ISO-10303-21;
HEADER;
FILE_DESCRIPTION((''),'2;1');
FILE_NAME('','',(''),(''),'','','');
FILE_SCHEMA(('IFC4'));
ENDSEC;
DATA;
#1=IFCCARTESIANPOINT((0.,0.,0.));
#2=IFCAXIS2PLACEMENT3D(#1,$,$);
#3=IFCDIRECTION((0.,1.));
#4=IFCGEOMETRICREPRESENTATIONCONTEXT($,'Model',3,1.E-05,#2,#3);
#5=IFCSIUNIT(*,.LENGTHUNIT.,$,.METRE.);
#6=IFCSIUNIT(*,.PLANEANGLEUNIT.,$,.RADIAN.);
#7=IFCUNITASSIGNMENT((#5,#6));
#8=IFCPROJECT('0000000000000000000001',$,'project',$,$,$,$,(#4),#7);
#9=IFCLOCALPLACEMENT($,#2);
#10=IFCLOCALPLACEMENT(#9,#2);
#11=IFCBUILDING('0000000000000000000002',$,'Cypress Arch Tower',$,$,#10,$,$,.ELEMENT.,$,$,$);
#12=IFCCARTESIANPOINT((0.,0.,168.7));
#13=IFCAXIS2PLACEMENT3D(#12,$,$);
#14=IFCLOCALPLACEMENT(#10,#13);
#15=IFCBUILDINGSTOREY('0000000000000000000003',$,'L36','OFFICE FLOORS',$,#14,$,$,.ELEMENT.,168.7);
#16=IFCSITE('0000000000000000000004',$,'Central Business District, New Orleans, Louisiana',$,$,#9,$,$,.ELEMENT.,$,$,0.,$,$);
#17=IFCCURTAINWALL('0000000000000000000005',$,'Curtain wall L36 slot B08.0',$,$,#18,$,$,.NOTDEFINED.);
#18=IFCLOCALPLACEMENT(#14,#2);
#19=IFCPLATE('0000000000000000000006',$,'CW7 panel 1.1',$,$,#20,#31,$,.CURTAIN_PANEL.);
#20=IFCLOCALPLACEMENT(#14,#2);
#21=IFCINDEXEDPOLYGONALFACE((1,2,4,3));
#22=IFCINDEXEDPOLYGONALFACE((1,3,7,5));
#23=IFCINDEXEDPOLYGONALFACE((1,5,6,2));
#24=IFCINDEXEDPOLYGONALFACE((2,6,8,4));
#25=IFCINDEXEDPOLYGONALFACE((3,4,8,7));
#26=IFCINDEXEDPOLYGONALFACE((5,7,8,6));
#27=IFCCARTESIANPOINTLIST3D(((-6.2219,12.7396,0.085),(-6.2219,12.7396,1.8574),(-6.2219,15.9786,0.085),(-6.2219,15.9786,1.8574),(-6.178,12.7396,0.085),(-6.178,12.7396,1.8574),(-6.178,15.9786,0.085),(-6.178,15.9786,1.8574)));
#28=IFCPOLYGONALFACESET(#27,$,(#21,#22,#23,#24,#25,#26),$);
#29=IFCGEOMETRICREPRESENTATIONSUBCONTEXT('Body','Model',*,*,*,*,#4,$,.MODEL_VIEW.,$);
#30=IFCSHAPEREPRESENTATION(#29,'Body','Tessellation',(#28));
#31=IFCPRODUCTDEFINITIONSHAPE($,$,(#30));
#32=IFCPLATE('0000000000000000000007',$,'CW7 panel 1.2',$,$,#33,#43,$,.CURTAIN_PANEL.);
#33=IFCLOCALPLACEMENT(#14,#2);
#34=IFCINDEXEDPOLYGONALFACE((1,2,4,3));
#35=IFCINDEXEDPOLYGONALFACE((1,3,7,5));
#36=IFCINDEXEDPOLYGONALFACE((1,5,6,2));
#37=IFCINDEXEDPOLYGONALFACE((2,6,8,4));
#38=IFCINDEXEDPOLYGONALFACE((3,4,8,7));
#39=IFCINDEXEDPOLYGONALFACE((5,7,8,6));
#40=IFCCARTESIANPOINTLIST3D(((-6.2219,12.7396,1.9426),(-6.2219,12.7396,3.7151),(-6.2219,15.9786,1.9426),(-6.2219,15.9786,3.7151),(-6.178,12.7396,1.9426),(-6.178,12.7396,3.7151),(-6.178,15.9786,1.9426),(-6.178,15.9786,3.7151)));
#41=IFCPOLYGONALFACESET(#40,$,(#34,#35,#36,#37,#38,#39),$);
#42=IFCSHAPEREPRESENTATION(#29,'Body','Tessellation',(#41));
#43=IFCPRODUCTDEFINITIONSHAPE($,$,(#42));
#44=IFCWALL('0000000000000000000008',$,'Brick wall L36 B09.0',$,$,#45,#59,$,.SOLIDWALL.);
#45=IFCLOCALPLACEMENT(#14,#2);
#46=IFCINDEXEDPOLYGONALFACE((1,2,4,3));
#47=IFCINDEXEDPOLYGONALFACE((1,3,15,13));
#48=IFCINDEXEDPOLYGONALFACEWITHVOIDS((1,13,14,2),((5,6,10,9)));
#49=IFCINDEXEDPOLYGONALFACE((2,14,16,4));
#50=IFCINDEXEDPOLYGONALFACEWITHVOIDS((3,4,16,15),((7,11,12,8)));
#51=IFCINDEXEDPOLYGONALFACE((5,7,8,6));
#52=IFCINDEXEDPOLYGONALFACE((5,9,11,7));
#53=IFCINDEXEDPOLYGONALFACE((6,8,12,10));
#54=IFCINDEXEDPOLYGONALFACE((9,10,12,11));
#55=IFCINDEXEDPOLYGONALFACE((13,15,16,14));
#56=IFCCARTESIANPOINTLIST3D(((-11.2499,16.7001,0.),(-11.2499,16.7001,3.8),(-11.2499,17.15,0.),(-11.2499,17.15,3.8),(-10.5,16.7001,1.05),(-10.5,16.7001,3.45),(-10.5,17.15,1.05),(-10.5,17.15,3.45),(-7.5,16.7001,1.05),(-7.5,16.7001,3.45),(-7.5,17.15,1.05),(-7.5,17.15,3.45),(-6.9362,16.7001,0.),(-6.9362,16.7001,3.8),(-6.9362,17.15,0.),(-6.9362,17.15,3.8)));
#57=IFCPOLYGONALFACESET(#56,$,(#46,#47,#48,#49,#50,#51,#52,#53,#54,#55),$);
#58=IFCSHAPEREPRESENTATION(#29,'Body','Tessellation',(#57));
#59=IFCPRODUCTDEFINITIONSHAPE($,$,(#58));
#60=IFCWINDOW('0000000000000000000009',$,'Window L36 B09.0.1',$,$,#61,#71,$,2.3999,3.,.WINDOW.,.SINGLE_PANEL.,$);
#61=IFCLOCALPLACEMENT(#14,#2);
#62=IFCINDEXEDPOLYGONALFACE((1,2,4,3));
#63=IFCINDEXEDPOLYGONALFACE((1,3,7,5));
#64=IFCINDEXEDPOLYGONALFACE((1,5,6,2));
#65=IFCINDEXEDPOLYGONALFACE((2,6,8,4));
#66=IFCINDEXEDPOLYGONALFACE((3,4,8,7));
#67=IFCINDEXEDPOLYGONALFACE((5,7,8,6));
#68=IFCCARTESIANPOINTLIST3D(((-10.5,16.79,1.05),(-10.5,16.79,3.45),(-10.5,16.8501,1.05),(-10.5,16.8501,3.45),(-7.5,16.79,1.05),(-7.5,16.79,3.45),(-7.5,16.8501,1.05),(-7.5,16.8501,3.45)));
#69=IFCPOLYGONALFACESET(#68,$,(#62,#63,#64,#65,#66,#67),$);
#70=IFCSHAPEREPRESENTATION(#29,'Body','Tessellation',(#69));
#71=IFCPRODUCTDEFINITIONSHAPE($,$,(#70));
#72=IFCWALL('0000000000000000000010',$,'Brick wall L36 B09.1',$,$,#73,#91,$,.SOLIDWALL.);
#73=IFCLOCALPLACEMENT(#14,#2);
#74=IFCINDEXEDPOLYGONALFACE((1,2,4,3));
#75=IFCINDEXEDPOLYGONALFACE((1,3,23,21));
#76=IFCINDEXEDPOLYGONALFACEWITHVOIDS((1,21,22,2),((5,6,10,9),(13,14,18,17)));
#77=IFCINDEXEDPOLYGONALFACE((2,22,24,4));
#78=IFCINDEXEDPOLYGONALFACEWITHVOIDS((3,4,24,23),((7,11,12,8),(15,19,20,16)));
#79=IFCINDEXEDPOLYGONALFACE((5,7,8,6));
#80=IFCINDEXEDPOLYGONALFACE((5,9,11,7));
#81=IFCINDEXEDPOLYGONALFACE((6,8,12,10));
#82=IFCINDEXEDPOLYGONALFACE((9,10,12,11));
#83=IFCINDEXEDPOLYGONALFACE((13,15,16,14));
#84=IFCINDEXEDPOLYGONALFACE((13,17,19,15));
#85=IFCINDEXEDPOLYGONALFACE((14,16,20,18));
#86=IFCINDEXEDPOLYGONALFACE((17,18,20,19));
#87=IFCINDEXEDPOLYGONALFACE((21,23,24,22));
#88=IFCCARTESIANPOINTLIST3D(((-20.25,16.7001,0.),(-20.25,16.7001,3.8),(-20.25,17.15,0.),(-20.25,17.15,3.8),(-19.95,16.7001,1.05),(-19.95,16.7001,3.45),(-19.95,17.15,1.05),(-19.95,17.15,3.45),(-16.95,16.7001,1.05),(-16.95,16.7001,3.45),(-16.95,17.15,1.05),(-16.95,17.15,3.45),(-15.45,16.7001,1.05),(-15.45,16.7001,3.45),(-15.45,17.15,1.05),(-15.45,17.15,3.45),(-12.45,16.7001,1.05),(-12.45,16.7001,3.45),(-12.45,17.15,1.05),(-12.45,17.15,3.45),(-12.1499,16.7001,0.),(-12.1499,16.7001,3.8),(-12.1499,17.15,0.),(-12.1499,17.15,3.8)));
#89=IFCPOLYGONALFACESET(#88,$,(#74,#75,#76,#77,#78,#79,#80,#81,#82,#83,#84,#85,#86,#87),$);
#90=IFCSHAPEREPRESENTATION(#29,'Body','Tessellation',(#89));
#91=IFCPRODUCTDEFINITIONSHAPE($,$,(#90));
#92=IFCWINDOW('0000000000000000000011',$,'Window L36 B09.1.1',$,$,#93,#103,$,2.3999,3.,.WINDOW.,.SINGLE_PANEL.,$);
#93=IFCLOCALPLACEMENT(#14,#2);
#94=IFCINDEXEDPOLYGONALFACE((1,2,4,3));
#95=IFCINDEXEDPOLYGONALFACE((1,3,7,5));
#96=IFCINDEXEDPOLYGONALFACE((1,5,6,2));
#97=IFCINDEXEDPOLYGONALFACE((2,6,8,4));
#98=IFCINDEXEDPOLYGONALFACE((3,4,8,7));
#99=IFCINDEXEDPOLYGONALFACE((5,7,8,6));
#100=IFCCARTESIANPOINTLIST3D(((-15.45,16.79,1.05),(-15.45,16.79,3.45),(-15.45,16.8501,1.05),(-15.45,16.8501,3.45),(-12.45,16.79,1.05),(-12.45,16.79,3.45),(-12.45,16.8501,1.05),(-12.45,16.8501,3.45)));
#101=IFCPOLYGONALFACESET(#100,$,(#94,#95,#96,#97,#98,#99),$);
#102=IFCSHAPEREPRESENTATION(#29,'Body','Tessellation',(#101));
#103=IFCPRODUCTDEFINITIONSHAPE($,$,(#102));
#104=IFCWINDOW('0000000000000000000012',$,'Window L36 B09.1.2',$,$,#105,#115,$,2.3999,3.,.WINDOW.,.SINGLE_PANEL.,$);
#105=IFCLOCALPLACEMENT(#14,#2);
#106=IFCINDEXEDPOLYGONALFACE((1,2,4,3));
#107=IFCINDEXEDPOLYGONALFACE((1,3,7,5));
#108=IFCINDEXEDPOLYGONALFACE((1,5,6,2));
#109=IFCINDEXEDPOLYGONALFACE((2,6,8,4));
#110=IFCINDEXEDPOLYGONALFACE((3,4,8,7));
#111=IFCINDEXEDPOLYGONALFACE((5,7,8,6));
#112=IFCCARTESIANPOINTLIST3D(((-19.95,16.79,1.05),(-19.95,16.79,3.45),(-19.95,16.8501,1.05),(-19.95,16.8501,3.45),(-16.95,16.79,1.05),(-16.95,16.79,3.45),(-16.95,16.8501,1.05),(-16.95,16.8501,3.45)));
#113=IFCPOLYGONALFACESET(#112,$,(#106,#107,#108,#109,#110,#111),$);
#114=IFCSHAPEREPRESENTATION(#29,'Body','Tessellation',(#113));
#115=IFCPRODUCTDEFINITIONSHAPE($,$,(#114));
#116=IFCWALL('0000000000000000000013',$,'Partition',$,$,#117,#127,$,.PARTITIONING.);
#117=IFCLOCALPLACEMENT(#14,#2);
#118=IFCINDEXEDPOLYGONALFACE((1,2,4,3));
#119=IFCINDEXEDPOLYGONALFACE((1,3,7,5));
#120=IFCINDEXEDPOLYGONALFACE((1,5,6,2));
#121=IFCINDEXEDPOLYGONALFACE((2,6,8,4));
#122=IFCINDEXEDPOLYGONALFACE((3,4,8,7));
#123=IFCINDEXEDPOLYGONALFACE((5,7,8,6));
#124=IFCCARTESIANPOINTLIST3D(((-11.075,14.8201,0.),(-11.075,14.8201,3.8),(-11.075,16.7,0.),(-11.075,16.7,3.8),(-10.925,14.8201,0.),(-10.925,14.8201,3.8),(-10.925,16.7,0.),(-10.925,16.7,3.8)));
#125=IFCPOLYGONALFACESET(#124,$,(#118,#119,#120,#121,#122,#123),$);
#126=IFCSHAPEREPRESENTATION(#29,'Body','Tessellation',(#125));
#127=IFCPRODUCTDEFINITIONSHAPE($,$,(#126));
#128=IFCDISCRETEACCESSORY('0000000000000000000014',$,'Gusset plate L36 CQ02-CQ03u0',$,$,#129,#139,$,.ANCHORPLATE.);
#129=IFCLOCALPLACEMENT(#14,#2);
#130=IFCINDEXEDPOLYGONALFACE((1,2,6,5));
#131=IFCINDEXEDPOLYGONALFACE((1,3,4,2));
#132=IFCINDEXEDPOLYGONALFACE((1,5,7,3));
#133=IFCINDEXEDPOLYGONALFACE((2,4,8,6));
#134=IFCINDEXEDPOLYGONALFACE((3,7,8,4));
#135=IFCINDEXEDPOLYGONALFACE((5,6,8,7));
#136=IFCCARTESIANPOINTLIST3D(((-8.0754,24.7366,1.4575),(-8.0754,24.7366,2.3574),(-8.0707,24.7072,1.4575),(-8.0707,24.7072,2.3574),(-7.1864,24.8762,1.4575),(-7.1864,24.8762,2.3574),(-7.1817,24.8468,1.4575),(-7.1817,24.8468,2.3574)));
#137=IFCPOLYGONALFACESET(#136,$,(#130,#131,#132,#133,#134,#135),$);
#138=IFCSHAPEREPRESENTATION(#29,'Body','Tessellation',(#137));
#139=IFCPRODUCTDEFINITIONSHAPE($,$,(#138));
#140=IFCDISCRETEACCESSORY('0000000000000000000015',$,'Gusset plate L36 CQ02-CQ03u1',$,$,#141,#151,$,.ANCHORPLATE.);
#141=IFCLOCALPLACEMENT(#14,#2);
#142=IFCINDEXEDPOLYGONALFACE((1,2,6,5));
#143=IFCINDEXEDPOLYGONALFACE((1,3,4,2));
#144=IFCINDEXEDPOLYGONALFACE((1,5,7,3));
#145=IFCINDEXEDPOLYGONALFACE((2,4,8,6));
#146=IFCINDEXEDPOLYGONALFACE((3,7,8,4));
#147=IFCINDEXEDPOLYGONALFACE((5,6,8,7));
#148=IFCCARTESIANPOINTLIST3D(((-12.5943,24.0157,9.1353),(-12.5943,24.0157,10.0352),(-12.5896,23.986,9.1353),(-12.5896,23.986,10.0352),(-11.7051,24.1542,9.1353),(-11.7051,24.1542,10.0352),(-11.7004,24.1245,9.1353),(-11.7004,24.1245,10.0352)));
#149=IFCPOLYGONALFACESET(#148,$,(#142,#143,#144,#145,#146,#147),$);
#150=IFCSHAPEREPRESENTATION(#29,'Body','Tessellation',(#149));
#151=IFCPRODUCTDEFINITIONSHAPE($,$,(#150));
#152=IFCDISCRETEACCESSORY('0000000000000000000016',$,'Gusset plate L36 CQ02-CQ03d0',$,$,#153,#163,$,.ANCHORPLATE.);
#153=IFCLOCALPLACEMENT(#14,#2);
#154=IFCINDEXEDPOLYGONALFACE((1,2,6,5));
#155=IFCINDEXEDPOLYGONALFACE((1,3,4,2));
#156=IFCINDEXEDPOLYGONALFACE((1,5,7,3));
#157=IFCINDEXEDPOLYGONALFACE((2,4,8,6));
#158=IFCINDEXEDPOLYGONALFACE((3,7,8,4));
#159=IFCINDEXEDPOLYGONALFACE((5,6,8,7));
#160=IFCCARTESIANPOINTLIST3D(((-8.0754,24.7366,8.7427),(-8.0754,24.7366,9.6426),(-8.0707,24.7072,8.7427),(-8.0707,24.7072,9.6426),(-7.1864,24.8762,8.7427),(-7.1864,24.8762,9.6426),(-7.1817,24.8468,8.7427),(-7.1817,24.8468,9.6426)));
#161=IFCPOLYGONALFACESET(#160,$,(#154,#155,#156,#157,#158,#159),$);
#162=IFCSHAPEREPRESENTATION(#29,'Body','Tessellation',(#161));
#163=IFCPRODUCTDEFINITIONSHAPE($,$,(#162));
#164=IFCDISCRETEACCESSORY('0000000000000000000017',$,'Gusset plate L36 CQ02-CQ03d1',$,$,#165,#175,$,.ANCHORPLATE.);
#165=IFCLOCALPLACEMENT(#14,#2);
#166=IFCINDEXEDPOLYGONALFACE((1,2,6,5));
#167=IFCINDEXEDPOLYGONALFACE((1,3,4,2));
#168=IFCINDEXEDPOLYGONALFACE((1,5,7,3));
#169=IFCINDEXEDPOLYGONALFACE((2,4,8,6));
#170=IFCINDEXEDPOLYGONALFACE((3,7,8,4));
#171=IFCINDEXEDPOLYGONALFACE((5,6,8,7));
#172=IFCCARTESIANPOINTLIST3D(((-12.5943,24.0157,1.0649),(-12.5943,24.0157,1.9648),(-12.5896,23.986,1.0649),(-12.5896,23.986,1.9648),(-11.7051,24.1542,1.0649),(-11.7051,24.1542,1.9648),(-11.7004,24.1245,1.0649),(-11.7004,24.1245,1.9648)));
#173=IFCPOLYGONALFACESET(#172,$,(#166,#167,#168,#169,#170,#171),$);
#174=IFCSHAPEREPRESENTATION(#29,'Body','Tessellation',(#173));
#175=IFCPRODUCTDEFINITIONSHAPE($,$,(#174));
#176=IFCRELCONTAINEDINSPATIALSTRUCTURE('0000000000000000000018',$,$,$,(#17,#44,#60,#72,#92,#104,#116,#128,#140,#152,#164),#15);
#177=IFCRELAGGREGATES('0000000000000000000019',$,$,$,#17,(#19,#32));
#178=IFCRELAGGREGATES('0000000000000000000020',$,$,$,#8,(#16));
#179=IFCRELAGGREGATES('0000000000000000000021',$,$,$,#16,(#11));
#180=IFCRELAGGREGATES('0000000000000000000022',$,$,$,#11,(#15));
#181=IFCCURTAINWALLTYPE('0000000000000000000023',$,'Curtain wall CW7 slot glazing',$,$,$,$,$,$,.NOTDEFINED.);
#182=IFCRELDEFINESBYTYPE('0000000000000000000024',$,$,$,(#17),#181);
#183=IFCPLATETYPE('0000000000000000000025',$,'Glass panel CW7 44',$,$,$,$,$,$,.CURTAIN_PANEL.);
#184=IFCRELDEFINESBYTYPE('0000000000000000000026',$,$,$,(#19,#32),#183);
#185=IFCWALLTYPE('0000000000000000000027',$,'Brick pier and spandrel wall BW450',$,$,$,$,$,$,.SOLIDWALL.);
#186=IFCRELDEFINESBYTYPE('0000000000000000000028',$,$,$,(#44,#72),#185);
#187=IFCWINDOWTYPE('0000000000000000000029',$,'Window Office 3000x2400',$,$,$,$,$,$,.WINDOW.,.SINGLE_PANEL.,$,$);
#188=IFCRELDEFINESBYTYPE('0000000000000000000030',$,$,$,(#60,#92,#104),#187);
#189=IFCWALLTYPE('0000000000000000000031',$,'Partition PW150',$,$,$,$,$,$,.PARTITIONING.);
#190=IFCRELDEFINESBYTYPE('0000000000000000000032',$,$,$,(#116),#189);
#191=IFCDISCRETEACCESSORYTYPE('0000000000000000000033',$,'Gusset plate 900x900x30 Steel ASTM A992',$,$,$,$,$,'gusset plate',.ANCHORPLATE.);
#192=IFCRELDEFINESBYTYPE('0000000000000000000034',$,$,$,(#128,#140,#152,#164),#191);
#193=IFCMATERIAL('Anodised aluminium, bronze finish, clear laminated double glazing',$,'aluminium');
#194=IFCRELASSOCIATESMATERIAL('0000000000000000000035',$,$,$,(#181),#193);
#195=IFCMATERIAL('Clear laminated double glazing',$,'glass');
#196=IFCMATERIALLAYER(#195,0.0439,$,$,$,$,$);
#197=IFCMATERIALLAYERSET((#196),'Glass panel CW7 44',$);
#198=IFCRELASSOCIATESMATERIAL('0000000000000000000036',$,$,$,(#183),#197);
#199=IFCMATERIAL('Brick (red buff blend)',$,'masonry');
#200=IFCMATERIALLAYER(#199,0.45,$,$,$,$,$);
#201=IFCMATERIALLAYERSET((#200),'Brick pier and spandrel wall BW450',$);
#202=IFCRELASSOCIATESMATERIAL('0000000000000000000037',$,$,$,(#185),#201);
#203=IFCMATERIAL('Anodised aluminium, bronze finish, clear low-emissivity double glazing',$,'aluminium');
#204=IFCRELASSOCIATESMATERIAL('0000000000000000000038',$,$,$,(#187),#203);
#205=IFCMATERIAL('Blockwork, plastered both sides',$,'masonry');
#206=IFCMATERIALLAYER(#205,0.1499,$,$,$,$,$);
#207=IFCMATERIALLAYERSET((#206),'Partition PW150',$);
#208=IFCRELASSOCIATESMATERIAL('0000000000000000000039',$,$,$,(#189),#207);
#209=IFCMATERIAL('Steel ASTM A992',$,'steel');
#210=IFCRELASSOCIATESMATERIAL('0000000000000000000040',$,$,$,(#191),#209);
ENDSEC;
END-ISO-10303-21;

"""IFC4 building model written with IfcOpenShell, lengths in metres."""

from ifc_helpers import new_model, si_unit, direction, frame, frame_2d, origin, origin_2d, place, context, subcontext, project, spatial, rectangle, extrude, material, layer, layer_set, material_profile, profile_set, type_object, element, fill, aggregate, save


model = new_model("IFC4")

# Units and contexts
model_context = context("Model", 3, precision=1e-05, world=origin(), true_north=direction((0.0, 1.0)))
body_context = subcontext(model_context, "Body", "Model", "MODEL_VIEW")
ifc_project = project(units=[si_unit("LENGTHUNIT", "METRE"), si_unit("PLANEANGLEUNIT", "RADIAN")], contexts=[model_context])

# Site, building, storey
site_placement = place(None, origin())
site = spatial("IfcSite", under=ifc_project, at=site_placement, Name="Central Business District, New Orleans, Louisiana", CompositionType="ELEMENT", RefElevation=0.0)
building_placement = place(site_placement, origin())
building = spatial("IfcBuilding", under=site, at=building_placement, Name="Cypress Arch Tower", CompositionType="ELEMENT")
storey_placement = place(building_placement, frame((0.0, 0.0, 168.7)))
storey = spatial("IfcBuildingStorey", under=building, at=storey_placement, Name="L36", Description="OFFICE FLOORS", CompositionType="ELEMENT", Elevation=168.7)

# Curtain wall
ifc_material_1 = material(Name="Anodised aluminium, bronze finish, clear laminated double glazing", Category="aluminium")
curtain_wall_type = type_object("IfcCurtainWallType", Name="Curtain wall CW7 slot glazing", PredefinedType="NOTDEFINED", material=ifc_material_1)
curtain_wall_placement = place(storey_placement, origin())
curtain_wall = element("IfcCurtainWall", 1, at=curtain_wall_placement, inside=storey, type_object=curtain_wall_type, Name="Curtain wall L36 slot B08.0", PredefinedType="NOTDEFINED")

# Plates
ifc_material_2 = material(Name="Clear laminated double glazing", Category="glass")
ifc_layer_1 = layer(ifc_material_2, 0.0439)
ifc_layer_set_1 = layer_set([ifc_layer_1], Name="Glass panel CW7 44")
plate_type = type_object("IfcPlateType", Name="Glass panel CW7 44", PredefinedType="CURTAIN_PANEL", material=ifc_layer_set_1)
plate_1_placement = place(storey_placement, frame((-6.2, 14.3591, 0.085), z_axis=(0.0, 0.0, 1.0), x_axis=(0.0, 1.0, 0.0)))
plate_1 = element("IfcPlate", 2, at=plate_1_placement, type_object=plate_type, Name="CW7 panel 1.1", PredefinedType="CURTAIN_PANEL", context=body_context, shape_type="SweptSolid", body=[
    extrude(rectangle(XDim=3.239, YDim=0.0439, at=origin_2d()), origin(), (0.0, 0.0, 1.0), 1.7725),
])
plate_2_placement = place(storey_placement, frame((-6.2, 14.3591, 1.9426), z_axis=(0.0, 0.0, 1.0), x_axis=(0.0, 1.0, 0.0)))
plate_2 = element("IfcPlate", 3, at=plate_2_placement, type_object=plate_type, Name="CW7 panel 1.2", PredefinedType="CURTAIN_PANEL", context=body_context, shape_type="SweptSolid", body=[
    extrude(rectangle(XDim=3.239, YDim=0.0439, at=origin_2d()), origin(), (0.0, 0.0, 1.0), 1.7725),
])
aggregate(curtain_wall, [plate_1, plate_2])

# Wall, opening, window
ifc_material_3 = material(Name="Brick (red buff blend)", Category="masonry")
ifc_layer_2 = layer(ifc_material_3, 0.45)
ifc_layer_set_2 = layer_set([ifc_layer_2], Name="Brick pier and spandrel wall BW450")
wall_type_1 = type_object("IfcWallType", Name="Brick pier and spandrel wall BW450", PredefinedType="SOLIDWALL", material=ifc_layer_set_2)
wall_1_placement = place(storey_placement, frame((-6.9363, 16.925, 0.0), z_axis=(0.0, 0.0, 1.0), x_axis=(-1.0, 0.0, 0.0)))
wall_1 = element("IfcWall", 4, at=wall_1_placement, inside=storey, type_object=wall_type_1, Name="Brick wall L36 B09.0", PredefinedType="SOLIDWALL", context=body_context, shape_type="SweptSolid", body=[
    extrude(rectangle(XDim=4.3137, YDim=0.45, at=frame_2d((2.1567, 0.0))), origin(), (0.0, 0.0, 1.0), 3.8),
])
opening_1_placement = place(wall_1_placement, frame((0.5637, 0.0, 1.05)))
opening_1 = element("IfcOpeningElement", 5, at=opening_1_placement, cuts=wall_1, PredefinedType="OPENING", context=body_context, shape_type="SweptSolid", body=[
    extrude(rectangle(XDim=3.0, YDim=2.3999, at=frame_2d((1.5, 1.2))), frame((0.0, 0.2349, 0.0), z_axis=(0.0, -1.0, 0.0), x_axis=(1.0, 0.0, 0.0)), (0.0, 0.0, 1.0), 0.47),
])
ifc_material_4 = material(Name="Anodised aluminium, bronze finish, clear low-emissivity double glazing", Category="aluminium")
window_type = type_object("IfcWindowType", Name="Window Office 3000x2400", PartitioningType="SINGLE_PANEL", PredefinedType="WINDOW", material=ifc_material_4)
window_1_placement = place(opening_1_placement, origin())
window_1 = element("IfcWindow", 6, at=window_1_placement, inside=storey, type_object=window_type, Name="Window L36 B09.0.1", OverallHeight=2.3999, OverallWidth=3.0, PartitioningType="SINGLE_PANEL", PredefinedType="WINDOW", context=body_context, shape_type="SweptSolid", body=[
    extrude(rectangle(XDim=3.0, YDim=2.3999, at=frame_2d((1.5, 1.2))), frame((0.0, 0.135, 0.0), z_axis=(0.0, -1.0, 0.0), x_axis=(1.0, 0.0, 0.0)), (0.0, 0.0, 1.0), 0.0601),
])
fill(opening_1, window_1)

# Wall, openings, windows
wall_2_placement = place(storey_placement, frame((-12.1499, 16.925, 0.0), z_axis=(0.0, 0.0, 1.0), x_axis=(-1.0, 0.0, 0.0)))
wall_2 = element("IfcWall", 7, at=wall_2_placement, inside=storey, type_object=wall_type_1, Name="Brick wall L36 B09.1", PredefinedType="SOLIDWALL", context=body_context, shape_type="SweptSolid", body=[
    extrude(rectangle(XDim=8.1001, YDim=0.45, at=frame_2d((4.05, 0.0))), origin(), (0.0, 0.0, 1.0), 3.8),
])
opening_2_placement = place(wall_2_placement, frame((0.3, 0.0, 1.05)))
opening_2 = element("IfcOpeningElement", 8, at=opening_2_placement, cuts=wall_2, PredefinedType="OPENING", context=body_context, shape_type="SweptSolid", body=[
    extrude(rectangle(XDim=3.0, YDim=2.3999, at=frame_2d((1.5, 1.2))), frame((0.0, 0.2349, 0.0), z_axis=(0.0, -1.0, 0.0), x_axis=(1.0, 0.0, 0.0)), (0.0, 0.0, 1.0), 0.47),
])
opening_3_placement = place(wall_2_placement, frame((4.8, 0.0, 1.05)))
opening_3 = element("IfcOpeningElement", 9, at=opening_3_placement, cuts=wall_2, PredefinedType="OPENING", context=body_context, shape_type="SweptSolid", body=[
    extrude(rectangle(XDim=3.0, YDim=2.3999, at=frame_2d((1.5, 1.2))), frame((0.0, 0.2349, 0.0), z_axis=(0.0, -1.0, 0.0), x_axis=(1.0, 0.0, 0.0)), (0.0, 0.0, 1.0), 0.47),
])
window_2_placement = place(opening_2_placement, origin())
window_2 = element("IfcWindow", 10, at=window_2_placement, inside=storey, type_object=window_type, Name="Window L36 B09.1.1", OverallHeight=2.3999, OverallWidth=3.0, PartitioningType="SINGLE_PANEL", PredefinedType="WINDOW", context=body_context, shape_type="SweptSolid", body=[
    extrude(rectangle(XDim=3.0, YDim=2.3999, at=frame_2d((1.5, 1.2))), frame((0.0, 0.135, 0.0), z_axis=(0.0, -1.0, 0.0), x_axis=(1.0, 0.0, 0.0)), (0.0, 0.0, 1.0), 0.0601),
])
fill(opening_2, window_2)
window_3_placement = place(opening_3_placement, origin())
window_3 = element("IfcWindow", 11, at=window_3_placement, inside=storey, type_object=window_type, Name="Window L36 B09.1.2", OverallHeight=2.3999, OverallWidth=3.0, PartitioningType="SINGLE_PANEL", PredefinedType="WINDOW", context=body_context, shape_type="SweptSolid", body=[
    extrude(rectangle(XDim=3.0, YDim=2.3999, at=frame_2d((1.5, 1.2))), frame((0.0, 0.135, 0.0), z_axis=(0.0, -1.0, 0.0), x_axis=(1.0, 0.0, 0.0)), (0.0, 0.0, 1.0), 0.0601),
])
fill(opening_3, window_3)

# Wall
ifc_material_5 = material(Name="Blockwork, plastered both sides", Category="masonry")
ifc_layer_3 = layer(ifc_material_5, 0.1499)
ifc_layer_set_3 = layer_set([ifc_layer_3], Name="Partition PW150")
wall_type_2 = type_object("IfcWallType", Name="Partition PW150", PredefinedType="PARTITIONING", material=ifc_layer_set_3)
wall_3_placement = place(storey_placement, frame((-11.0, 14.8201, 0.0), z_axis=(0.0, 0.0, 1.0), x_axis=(0.0, 1.0, 0.0)))
element("IfcWall", 12, at=wall_3_placement, inside=storey, type_object=wall_type_2, Name="Partition", PredefinedType="PARTITIONING", context=body_context, shape_type="SweptSolid", body=[
    extrude(rectangle(XDim=1.8799, YDim=0.1499, at=frame_2d((0.9399, 0.0))), origin(), (0.0, 0.0, 1.0), 3.8),
])

# Discrete accessories
ifc_material_6 = material(Name="Steel ASTM A992", Category="steel")
ifc_material_profile_1 = material_profile(ifc_material_6, rectangle(XDim=0.8999, YDim=0.8999, at=origin_2d()), Name="PL 30 900x900")
ifc_profile_set_1 = profile_set([ifc_material_profile_1], Name="Steel ASTM A992")
discrete_accessory_type_1 = type_object("IfcDiscreteAccessoryType", Name="Gusset plate 900x900x30 Steel ASTM A992", ElementType="gusset plate", PredefinedType="ANCHORPLATE", material=ifc_profile_set_1)
discrete_accessory_1_placement = place(storey_placement, frame((-7.6309, 24.8064, 1.9075), z_axis=(0.155124, -0.987895, 0.0), x_axis=(0.987895, 0.155124, 0.0)))
element("IfcDiscreteAccessory", 13, at=discrete_accessory_1_placement, inside=storey, type_object=discrete_accessory_type_1, Name="Gusset plate L36 CQ02-CQ03u0", PredefinedType="ANCHORPLATE", context=body_context, shape_type="SweptSolid", body=[
    extrude(rectangle(XDim=0.8999, YDim=0.8999, at=origin_2d()), origin(), (0.0, 0.0, 1.0), 0.0298),
])
discrete_accessory_2_placement = place(storey_placement, frame((-12.1497, 24.085, 9.5852), z_axis=(0.153883, -0.988089, 0.0), x_axis=(0.988089, 0.153883, 0.0)))
element("IfcDiscreteAccessory", 14, at=discrete_accessory_2_placement, inside=storey, type_object=discrete_accessory_type_1, Name="Gusset plate L36 CQ02-CQ03u1", PredefinedType="ANCHORPLATE", context=body_context, shape_type="SweptSolid", body=[
    extrude(rectangle(XDim=0.8999, YDim=0.8999, at=origin_2d()), origin(), (0.0, 0.0, 1.0), 0.03),
])
discrete_accessory_3_placement = place(storey_placement, frame((-7.6309, 24.8064, 9.1926), z_axis=(0.155124, -0.987895, 0.0), x_axis=(0.987895, 0.155124, 0.0)))
element("IfcDiscreteAccessory", 15, at=discrete_accessory_3_placement, inside=storey, type_object=discrete_accessory_type_1, Name="Gusset plate L36 CQ02-CQ03d0", PredefinedType="ANCHORPLATE", context=body_context, shape_type="SweptSolid", body=[
    extrude(rectangle(XDim=0.8999, YDim=0.8999, at=origin_2d()), origin(), (0.0, 0.0, 1.0), 0.0298),
])
discrete_accessory_4_placement = place(storey_placement, frame((-12.1497, 24.085, 1.5149), z_axis=(0.153883, -0.988089, 0.0), x_axis=(0.988089, 0.153883, 0.0)))
element("IfcDiscreteAccessory", 16, at=discrete_accessory_4_placement, inside=storey, type_object=discrete_accessory_type_1, Name="Gusset plate L36 CQ02-CQ03d1", PredefinedType="ANCHORPLATE", context=body_context, shape_type="SweptSolid", body=[
    extrude(rectangle(XDim=0.8999, YDim=0.8999, at=origin_2d()), origin(), (0.0, 0.0, 1.0), 0.03),
])

save(model, "model.ifc")
